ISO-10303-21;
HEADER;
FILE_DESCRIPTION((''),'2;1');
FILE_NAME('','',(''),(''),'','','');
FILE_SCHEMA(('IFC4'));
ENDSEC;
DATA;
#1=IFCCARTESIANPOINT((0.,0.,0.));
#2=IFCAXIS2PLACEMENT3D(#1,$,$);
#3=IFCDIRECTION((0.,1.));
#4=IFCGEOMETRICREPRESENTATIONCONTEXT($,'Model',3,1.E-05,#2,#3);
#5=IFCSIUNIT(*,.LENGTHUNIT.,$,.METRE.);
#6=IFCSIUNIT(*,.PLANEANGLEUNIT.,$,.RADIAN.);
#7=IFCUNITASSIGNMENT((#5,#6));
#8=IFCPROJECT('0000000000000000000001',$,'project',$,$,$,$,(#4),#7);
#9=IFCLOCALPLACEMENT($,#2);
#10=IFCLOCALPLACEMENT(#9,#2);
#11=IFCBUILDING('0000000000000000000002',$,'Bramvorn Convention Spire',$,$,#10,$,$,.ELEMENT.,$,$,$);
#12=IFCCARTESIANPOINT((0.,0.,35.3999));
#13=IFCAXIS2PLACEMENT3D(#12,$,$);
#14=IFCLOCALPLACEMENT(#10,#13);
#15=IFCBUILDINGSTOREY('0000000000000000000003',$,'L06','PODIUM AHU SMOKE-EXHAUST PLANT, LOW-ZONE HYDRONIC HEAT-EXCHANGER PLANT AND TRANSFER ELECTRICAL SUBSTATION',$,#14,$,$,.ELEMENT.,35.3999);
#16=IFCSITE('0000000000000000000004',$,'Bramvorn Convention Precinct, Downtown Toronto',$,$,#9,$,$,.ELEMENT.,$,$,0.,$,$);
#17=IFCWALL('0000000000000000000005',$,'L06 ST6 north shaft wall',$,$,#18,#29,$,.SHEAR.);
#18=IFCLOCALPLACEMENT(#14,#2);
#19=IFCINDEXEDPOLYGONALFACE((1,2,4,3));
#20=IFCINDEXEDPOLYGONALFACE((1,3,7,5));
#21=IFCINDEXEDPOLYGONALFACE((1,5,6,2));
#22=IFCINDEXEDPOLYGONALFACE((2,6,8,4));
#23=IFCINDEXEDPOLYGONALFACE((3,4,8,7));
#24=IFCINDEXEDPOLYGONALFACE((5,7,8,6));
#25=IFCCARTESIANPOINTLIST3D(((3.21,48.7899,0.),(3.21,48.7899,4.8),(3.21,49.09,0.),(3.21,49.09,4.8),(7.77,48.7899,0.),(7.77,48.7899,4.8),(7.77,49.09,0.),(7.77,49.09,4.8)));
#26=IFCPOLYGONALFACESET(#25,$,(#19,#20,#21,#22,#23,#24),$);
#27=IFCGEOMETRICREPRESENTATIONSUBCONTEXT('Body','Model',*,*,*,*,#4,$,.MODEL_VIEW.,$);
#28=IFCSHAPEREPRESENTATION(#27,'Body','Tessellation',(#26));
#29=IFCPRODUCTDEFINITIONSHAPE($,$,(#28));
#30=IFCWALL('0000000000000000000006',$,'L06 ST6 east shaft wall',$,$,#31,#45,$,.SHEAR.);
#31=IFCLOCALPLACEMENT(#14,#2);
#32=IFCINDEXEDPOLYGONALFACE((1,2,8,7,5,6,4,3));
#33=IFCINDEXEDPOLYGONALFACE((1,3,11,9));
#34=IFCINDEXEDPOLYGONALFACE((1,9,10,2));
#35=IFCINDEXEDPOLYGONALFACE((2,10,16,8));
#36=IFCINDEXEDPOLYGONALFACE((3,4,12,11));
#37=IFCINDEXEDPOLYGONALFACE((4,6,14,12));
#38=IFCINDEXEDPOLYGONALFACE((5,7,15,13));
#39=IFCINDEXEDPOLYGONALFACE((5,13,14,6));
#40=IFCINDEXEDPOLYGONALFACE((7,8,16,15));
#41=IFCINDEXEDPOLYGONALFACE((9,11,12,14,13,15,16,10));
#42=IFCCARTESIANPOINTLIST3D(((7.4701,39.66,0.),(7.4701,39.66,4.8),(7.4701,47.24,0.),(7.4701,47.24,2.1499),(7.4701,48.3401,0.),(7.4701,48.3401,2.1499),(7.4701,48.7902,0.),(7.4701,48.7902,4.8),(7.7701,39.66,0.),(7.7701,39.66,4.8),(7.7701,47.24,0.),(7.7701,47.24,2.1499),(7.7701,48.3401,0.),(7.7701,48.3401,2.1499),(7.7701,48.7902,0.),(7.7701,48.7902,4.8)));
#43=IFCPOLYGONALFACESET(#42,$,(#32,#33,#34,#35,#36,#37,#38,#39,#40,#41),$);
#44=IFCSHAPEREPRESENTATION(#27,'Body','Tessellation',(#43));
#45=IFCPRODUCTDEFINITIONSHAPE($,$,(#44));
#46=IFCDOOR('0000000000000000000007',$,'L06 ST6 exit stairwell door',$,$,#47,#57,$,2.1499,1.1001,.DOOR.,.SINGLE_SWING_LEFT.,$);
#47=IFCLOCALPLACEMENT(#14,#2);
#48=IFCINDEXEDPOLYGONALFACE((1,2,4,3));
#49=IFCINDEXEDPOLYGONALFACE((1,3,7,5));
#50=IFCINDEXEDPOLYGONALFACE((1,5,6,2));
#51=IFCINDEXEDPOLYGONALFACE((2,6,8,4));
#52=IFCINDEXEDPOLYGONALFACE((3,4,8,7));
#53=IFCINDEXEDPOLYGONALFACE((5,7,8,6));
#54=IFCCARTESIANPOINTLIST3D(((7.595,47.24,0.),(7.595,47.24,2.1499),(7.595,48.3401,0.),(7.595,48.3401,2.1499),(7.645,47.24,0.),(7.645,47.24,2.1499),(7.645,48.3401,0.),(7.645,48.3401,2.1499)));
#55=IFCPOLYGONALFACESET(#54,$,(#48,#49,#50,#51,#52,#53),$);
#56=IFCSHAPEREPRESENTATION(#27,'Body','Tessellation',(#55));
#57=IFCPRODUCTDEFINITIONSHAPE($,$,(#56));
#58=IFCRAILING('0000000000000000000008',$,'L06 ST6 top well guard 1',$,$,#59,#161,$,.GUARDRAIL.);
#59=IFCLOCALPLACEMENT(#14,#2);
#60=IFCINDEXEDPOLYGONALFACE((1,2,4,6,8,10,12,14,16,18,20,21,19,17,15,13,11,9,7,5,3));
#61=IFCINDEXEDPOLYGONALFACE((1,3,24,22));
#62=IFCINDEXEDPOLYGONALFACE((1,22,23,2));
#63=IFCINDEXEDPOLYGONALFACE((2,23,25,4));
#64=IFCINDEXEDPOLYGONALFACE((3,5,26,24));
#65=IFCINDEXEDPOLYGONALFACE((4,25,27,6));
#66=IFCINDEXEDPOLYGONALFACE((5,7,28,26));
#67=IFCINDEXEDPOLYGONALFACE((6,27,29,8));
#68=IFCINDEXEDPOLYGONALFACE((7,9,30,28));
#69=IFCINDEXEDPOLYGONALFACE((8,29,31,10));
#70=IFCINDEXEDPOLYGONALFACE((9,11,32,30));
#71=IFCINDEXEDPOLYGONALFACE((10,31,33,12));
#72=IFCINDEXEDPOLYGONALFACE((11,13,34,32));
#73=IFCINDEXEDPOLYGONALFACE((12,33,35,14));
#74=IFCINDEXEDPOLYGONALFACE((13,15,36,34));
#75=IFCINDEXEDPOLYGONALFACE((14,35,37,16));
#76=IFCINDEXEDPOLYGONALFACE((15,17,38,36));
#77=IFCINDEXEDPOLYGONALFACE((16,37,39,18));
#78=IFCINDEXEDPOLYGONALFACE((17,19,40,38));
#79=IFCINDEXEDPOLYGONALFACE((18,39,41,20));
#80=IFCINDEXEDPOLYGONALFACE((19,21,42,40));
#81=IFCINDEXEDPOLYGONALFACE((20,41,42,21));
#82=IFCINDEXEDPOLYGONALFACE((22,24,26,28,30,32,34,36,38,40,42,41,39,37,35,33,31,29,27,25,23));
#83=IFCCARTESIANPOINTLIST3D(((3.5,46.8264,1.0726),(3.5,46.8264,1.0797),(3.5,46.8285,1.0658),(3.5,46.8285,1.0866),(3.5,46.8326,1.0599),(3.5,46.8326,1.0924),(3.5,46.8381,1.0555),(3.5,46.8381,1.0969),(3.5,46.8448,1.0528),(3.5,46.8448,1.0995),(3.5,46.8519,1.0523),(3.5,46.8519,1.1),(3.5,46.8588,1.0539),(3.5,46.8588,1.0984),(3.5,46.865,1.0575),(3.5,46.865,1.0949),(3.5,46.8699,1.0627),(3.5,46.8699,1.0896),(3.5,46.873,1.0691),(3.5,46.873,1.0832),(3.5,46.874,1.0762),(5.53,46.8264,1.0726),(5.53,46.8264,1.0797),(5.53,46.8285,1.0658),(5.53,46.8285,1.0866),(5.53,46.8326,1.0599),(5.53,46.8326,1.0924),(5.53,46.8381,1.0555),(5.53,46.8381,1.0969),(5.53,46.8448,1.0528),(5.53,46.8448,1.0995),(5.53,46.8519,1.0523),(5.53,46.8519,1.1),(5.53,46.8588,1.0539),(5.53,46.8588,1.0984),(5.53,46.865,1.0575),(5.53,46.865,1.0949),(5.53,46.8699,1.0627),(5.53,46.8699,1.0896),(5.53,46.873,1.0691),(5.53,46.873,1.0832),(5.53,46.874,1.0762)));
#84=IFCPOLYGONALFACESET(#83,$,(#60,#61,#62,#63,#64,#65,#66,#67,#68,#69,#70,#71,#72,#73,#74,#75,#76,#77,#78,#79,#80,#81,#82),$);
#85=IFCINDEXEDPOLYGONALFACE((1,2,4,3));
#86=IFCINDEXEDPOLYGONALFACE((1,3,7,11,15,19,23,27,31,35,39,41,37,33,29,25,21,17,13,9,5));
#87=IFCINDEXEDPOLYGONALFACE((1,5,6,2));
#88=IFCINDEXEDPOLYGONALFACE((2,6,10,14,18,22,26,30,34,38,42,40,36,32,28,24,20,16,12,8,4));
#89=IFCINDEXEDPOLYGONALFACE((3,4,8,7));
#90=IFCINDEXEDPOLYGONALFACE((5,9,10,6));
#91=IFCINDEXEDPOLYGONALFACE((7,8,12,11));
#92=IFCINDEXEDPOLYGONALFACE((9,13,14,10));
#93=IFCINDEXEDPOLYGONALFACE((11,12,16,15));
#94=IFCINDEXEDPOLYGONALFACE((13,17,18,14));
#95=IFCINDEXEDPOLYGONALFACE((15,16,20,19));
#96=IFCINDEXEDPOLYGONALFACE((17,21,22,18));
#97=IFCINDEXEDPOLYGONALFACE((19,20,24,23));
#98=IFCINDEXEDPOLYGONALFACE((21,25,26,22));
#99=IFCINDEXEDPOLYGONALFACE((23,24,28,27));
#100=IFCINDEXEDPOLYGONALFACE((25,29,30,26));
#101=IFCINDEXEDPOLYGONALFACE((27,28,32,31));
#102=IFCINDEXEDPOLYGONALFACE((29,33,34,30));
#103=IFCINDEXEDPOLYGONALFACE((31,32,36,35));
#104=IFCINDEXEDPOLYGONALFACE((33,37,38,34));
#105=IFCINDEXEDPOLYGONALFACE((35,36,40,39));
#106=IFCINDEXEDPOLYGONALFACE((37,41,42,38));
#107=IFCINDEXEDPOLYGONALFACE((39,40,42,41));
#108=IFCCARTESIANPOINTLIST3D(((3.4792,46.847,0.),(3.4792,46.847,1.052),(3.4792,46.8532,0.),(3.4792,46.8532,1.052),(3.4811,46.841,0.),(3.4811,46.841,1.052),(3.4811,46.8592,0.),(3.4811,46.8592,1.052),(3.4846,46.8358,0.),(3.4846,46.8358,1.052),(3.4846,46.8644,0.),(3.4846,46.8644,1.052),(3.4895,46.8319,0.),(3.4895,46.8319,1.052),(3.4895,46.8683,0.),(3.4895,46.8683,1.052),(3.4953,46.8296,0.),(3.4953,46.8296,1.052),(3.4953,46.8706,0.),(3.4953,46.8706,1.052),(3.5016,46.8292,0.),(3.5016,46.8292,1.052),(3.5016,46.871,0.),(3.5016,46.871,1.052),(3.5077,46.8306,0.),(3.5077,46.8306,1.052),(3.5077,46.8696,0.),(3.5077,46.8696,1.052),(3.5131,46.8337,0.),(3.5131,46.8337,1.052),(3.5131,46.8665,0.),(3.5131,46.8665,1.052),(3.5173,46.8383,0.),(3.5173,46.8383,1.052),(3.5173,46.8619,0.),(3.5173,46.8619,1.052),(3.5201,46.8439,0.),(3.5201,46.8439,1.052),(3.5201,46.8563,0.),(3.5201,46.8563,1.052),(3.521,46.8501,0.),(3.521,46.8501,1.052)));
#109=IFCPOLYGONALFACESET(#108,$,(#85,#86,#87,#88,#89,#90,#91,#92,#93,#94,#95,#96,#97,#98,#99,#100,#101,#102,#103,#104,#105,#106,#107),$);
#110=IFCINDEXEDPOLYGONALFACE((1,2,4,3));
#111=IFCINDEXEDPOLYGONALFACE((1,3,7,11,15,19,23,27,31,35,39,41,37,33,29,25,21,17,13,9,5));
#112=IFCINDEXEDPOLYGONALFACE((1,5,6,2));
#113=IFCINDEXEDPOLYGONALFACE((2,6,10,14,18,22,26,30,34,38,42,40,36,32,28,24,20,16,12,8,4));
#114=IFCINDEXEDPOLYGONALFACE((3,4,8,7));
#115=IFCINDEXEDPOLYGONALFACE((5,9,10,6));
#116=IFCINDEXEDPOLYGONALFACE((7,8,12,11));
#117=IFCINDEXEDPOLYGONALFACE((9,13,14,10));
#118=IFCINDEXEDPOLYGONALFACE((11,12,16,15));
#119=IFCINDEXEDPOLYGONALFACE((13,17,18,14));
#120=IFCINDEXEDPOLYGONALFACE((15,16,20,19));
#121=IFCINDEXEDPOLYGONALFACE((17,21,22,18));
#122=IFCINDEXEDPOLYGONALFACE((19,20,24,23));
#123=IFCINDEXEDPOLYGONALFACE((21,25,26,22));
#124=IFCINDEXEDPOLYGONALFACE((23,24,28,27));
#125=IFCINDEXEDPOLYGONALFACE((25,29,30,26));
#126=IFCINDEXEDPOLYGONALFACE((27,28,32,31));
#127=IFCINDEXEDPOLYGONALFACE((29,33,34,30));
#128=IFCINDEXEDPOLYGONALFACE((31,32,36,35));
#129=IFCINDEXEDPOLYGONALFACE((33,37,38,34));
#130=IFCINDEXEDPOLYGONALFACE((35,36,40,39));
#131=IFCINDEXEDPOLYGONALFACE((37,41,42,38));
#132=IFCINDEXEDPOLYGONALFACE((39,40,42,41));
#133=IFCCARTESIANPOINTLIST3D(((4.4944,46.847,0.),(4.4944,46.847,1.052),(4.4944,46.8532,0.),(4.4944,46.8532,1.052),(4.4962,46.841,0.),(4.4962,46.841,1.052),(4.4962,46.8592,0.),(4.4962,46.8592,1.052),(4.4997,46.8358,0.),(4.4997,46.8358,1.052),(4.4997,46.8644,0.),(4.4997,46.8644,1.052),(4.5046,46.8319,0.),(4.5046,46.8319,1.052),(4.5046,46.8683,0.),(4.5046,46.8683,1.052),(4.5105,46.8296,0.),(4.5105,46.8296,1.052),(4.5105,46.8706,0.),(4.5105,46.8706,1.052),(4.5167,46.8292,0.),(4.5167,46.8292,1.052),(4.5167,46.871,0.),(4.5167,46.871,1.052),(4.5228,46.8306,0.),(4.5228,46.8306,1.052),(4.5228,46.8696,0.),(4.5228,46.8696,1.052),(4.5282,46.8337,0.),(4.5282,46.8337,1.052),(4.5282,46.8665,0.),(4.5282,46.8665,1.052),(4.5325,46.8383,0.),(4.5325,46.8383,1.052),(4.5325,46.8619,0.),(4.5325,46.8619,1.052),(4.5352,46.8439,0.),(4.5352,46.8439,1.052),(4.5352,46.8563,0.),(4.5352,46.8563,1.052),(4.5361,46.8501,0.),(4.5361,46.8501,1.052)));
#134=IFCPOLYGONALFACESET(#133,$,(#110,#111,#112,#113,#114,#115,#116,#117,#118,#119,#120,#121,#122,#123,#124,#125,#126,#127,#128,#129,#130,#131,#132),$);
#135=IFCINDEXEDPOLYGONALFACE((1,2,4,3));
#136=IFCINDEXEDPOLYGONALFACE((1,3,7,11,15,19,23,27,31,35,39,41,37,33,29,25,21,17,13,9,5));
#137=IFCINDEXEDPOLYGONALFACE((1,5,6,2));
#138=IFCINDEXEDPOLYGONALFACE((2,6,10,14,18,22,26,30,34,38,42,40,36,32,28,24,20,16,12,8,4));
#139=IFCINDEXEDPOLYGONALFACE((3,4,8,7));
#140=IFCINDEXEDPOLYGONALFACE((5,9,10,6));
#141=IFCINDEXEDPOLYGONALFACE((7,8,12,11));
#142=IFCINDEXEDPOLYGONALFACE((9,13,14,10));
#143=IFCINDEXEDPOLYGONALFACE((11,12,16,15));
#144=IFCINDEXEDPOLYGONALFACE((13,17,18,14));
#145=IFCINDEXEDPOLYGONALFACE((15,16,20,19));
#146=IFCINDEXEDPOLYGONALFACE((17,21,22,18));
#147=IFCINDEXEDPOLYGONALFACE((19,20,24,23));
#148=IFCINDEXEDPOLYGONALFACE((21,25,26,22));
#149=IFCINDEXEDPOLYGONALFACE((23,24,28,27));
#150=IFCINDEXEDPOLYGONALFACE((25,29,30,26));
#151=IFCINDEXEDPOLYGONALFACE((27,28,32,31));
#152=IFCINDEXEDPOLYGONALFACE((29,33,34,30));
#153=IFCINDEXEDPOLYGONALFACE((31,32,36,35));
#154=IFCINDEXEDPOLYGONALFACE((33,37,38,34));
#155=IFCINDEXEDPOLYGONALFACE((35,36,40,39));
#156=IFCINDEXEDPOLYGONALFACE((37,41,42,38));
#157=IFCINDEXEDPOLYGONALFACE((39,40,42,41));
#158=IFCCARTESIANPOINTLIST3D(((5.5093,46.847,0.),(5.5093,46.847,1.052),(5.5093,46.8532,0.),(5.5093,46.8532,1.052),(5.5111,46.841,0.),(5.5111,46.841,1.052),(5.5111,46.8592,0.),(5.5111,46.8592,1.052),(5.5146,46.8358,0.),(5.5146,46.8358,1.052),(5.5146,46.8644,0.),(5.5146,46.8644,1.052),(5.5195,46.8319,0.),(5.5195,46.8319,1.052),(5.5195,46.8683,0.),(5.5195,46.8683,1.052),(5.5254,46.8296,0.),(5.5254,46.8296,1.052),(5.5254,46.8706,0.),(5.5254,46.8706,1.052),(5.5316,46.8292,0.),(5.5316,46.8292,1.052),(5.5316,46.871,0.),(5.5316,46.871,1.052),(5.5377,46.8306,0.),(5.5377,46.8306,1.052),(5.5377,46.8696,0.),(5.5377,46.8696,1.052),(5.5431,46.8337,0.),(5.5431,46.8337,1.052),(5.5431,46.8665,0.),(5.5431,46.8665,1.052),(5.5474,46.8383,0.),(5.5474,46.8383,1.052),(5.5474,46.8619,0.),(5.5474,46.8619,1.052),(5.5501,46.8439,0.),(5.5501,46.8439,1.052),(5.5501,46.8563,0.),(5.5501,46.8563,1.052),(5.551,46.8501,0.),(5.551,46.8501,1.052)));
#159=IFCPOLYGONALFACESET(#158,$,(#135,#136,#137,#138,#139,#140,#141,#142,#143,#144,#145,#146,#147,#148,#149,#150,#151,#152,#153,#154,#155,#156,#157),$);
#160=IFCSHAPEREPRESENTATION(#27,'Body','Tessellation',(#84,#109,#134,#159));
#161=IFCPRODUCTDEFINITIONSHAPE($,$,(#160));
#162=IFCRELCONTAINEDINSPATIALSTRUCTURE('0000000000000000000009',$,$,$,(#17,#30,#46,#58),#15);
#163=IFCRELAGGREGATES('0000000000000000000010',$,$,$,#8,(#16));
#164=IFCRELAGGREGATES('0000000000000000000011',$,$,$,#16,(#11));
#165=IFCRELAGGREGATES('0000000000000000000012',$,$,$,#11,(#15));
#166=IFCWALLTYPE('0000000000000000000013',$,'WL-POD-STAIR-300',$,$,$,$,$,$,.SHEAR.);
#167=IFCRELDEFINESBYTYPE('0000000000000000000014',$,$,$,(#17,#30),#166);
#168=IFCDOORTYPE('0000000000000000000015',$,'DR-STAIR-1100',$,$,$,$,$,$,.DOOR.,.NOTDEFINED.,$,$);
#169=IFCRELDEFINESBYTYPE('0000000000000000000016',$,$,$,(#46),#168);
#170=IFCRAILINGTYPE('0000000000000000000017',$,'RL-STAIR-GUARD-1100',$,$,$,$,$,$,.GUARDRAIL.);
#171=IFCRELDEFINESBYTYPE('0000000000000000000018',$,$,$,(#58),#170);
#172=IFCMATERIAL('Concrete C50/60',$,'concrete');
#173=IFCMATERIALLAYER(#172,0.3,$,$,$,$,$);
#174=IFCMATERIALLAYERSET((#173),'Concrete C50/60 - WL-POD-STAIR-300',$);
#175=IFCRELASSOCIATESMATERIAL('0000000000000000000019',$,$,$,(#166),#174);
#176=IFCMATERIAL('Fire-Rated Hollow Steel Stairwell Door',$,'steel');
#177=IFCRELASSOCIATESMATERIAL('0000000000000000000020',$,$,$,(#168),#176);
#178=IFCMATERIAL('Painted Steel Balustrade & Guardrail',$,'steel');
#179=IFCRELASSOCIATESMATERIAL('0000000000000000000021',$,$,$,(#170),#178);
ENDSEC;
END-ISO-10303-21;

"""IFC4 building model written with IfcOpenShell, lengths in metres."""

from ifc_helpers import new_model, si_unit, direction, frame, frame_2d, origin, origin_2d, place, context, subcontext, project, spatial, rectangle, circle, extrude, material, layer, layer_set, type_object, element, fill, save


model = new_model("IFC4")

# Units and contexts
model_context = context("Model", 3, precision=1e-05, world=origin(), true_north=direction((0.0, 1.0)))
body_context = subcontext(model_context, "Body", "Model", "MODEL_VIEW")
ifc_project = project(units=[si_unit("LENGTHUNIT", "METRE"), si_unit("PLANEANGLEUNIT", "RADIAN")], contexts=[model_context])

# Site, building, storey
site_placement = place(None, origin())
site = spatial("IfcSite", under=ifc_project, at=site_placement, Name="Bramvorn Convention Precinct, Downtown Toronto", CompositionType="ELEMENT", RefElevation=0.0)
building_placement = place(site_placement, origin())
building = spatial("IfcBuilding", under=site, at=building_placement, Name="Bramvorn Convention Spire", CompositionType="ELEMENT")
storey_placement = place(building_placement, frame((0.0, 0.0, 35.3999)))
storey = spatial("IfcBuildingStorey", under=building, at=storey_placement, Name="L06", Description="PODIUM AHU SMOKE-EXHAUST PLANT, LOW-ZONE HYDRONIC HEAT-EXCHANGER PLANT AND TRANSFER ELECTRICAL SUBSTATION", CompositionType="ELEMENT", Elevation=35.3999)

# Wall
ifc_material_1 = material(Name="Concrete C50/60", Category="concrete")
ifc_layer_1 = layer(ifc_material_1, 0.3)
ifc_layer_set_1 = layer_set([ifc_layer_1], Name="Concrete C50/60 - WL-POD-STAIR-300")
wall_type_1 = type_object("IfcWallType", Name="WL-POD-STAIR-300", PredefinedType="SHEAR", material=ifc_layer_set_1)
wall_1_placement = place(storey_placement, frame((3.21, 48.9399, 0.0), z_axis=(0.0, 0.0, 1.0), x_axis=(1.0, 0.0, 0.0)))
element("IfcWall", 1, at=wall_1_placement, inside=storey, type_object=wall_type_1, Name="L06 ST6 north shaft wall", PredefinedType="SHEAR", context=body_context, shape_type="SweptSolid", body=[
    extrude(rectangle(XDim=4.5601, YDim=0.3, at=frame_2d((2.28, 0.0))), origin(), (0.0, 0.0, 1.0), 4.8),
])

# Wall, opening, door
wall_2_placement = place(storey_placement, frame((7.6201, 48.79, 0.0), z_axis=(0.0, 0.0, 1.0), x_axis=(0.0, -1.0, 0.0)))
wall_2 = element("IfcWall", 2, at=wall_2_placement, inside=storey, type_object=wall_type_1, Name="L06 ST6 east shaft wall", PredefinedType="SHEAR", context=body_context, shape_type="SweptSolid", body=[
    extrude(rectangle(XDim=9.1301, YDim=0.3, at=frame_2d((4.5649, 0.0))), origin(), (0.0, 0.0, 1.0), 4.8),
])
opening_placement = place(wall_2_placement, frame((0.45, 0.0, 0.0)))
opening = element("IfcOpeningElement", 3, at=opening_placement, cuts=wall_2, PredefinedType="OPENING", context=body_context, shape_type="SweptSolid", body=[
    extrude(rectangle(XDim=1.1001, YDim=2.1499, at=frame_2d((0.55, 1.075))), frame((0.0, 0.1599, 0.0), z_axis=(0.0, -1.0, 0.0), x_axis=(1.0, 0.0, 0.0)), (0.0, 0.0, 1.0), 0.3201),
])
ifc_material_2 = material(Name="Fire-Rated Hollow Steel Stairwell Door", Category="steel")
door_type = type_object("IfcDoorType", Name="DR-STAIR-1100", OperationType="NOTDEFINED", PredefinedType="DOOR", material=ifc_material_2)
door_placement = place(opening_placement, origin())
door = element("IfcDoor", 4, at=door_placement, inside=storey, type_object=door_type, Name="L06 ST6 exit stairwell door", OperationType="SINGLE_SWING_LEFT", OverallHeight=2.1499, OverallWidth=1.1001, PredefinedType="DOOR", context=body_context, shape_type="SweptSolid", body=[
    extrude(rectangle(XDim=1.1001, YDim=2.1499, at=frame_2d((0.55, 1.075))), frame((0.0, 0.0249, 0.0), z_axis=(0.0, -1.0, 0.0), x_axis=(1.0, 0.0, 0.0)), (0.0, 0.0, 1.0), 0.05),
])
fill(opening, door)

# Railing
ifc_material_3 = material(Name="Painted Steel Balustrade & Guardrail", Category="steel")
railing_type_1 = type_object("IfcRailingType", Name="RL-STAIR-GUARD-1100", PredefinedType="GUARDRAIL", material=ifc_material_3)
railing_1_placement = place(storey_placement, frame((3.5, 46.8501, 0.0)))
element("IfcRailing", 5, at=railing_1_placement, inside=storey, type_object=railing_type_1, Name="L06 ST6 top well guard 1", PredefinedType="GUARDRAIL", context=body_context, shape_type="SweptSolid", body=[
    extrude(circle(Radius=0.0239, at=origin_2d()), frame((0.0, 0.0, 1.0762), z_axis=(1.0, 0.0, 0.0), x_axis=(0.0, 1.0, 0.0)), (0.0, 0.0, 1.0), 2.03),
    extrude(circle(Radius=0.021, at=origin_2d()), origin(), (0.0, 0.0, 1.0), 1.052),
    extrude(circle(Radius=0.021, at=origin_2d()), frame((1.0151, 0.0, 0.0)), (0.0, 0.0, 1.0), 1.052),
    extrude(circle(Radius=0.021, at=origin_2d()), frame((2.03, 0.0, 0.0)), (0.0, 0.0, 1.0), 1.052),
])

save(model, "model.ifc")
